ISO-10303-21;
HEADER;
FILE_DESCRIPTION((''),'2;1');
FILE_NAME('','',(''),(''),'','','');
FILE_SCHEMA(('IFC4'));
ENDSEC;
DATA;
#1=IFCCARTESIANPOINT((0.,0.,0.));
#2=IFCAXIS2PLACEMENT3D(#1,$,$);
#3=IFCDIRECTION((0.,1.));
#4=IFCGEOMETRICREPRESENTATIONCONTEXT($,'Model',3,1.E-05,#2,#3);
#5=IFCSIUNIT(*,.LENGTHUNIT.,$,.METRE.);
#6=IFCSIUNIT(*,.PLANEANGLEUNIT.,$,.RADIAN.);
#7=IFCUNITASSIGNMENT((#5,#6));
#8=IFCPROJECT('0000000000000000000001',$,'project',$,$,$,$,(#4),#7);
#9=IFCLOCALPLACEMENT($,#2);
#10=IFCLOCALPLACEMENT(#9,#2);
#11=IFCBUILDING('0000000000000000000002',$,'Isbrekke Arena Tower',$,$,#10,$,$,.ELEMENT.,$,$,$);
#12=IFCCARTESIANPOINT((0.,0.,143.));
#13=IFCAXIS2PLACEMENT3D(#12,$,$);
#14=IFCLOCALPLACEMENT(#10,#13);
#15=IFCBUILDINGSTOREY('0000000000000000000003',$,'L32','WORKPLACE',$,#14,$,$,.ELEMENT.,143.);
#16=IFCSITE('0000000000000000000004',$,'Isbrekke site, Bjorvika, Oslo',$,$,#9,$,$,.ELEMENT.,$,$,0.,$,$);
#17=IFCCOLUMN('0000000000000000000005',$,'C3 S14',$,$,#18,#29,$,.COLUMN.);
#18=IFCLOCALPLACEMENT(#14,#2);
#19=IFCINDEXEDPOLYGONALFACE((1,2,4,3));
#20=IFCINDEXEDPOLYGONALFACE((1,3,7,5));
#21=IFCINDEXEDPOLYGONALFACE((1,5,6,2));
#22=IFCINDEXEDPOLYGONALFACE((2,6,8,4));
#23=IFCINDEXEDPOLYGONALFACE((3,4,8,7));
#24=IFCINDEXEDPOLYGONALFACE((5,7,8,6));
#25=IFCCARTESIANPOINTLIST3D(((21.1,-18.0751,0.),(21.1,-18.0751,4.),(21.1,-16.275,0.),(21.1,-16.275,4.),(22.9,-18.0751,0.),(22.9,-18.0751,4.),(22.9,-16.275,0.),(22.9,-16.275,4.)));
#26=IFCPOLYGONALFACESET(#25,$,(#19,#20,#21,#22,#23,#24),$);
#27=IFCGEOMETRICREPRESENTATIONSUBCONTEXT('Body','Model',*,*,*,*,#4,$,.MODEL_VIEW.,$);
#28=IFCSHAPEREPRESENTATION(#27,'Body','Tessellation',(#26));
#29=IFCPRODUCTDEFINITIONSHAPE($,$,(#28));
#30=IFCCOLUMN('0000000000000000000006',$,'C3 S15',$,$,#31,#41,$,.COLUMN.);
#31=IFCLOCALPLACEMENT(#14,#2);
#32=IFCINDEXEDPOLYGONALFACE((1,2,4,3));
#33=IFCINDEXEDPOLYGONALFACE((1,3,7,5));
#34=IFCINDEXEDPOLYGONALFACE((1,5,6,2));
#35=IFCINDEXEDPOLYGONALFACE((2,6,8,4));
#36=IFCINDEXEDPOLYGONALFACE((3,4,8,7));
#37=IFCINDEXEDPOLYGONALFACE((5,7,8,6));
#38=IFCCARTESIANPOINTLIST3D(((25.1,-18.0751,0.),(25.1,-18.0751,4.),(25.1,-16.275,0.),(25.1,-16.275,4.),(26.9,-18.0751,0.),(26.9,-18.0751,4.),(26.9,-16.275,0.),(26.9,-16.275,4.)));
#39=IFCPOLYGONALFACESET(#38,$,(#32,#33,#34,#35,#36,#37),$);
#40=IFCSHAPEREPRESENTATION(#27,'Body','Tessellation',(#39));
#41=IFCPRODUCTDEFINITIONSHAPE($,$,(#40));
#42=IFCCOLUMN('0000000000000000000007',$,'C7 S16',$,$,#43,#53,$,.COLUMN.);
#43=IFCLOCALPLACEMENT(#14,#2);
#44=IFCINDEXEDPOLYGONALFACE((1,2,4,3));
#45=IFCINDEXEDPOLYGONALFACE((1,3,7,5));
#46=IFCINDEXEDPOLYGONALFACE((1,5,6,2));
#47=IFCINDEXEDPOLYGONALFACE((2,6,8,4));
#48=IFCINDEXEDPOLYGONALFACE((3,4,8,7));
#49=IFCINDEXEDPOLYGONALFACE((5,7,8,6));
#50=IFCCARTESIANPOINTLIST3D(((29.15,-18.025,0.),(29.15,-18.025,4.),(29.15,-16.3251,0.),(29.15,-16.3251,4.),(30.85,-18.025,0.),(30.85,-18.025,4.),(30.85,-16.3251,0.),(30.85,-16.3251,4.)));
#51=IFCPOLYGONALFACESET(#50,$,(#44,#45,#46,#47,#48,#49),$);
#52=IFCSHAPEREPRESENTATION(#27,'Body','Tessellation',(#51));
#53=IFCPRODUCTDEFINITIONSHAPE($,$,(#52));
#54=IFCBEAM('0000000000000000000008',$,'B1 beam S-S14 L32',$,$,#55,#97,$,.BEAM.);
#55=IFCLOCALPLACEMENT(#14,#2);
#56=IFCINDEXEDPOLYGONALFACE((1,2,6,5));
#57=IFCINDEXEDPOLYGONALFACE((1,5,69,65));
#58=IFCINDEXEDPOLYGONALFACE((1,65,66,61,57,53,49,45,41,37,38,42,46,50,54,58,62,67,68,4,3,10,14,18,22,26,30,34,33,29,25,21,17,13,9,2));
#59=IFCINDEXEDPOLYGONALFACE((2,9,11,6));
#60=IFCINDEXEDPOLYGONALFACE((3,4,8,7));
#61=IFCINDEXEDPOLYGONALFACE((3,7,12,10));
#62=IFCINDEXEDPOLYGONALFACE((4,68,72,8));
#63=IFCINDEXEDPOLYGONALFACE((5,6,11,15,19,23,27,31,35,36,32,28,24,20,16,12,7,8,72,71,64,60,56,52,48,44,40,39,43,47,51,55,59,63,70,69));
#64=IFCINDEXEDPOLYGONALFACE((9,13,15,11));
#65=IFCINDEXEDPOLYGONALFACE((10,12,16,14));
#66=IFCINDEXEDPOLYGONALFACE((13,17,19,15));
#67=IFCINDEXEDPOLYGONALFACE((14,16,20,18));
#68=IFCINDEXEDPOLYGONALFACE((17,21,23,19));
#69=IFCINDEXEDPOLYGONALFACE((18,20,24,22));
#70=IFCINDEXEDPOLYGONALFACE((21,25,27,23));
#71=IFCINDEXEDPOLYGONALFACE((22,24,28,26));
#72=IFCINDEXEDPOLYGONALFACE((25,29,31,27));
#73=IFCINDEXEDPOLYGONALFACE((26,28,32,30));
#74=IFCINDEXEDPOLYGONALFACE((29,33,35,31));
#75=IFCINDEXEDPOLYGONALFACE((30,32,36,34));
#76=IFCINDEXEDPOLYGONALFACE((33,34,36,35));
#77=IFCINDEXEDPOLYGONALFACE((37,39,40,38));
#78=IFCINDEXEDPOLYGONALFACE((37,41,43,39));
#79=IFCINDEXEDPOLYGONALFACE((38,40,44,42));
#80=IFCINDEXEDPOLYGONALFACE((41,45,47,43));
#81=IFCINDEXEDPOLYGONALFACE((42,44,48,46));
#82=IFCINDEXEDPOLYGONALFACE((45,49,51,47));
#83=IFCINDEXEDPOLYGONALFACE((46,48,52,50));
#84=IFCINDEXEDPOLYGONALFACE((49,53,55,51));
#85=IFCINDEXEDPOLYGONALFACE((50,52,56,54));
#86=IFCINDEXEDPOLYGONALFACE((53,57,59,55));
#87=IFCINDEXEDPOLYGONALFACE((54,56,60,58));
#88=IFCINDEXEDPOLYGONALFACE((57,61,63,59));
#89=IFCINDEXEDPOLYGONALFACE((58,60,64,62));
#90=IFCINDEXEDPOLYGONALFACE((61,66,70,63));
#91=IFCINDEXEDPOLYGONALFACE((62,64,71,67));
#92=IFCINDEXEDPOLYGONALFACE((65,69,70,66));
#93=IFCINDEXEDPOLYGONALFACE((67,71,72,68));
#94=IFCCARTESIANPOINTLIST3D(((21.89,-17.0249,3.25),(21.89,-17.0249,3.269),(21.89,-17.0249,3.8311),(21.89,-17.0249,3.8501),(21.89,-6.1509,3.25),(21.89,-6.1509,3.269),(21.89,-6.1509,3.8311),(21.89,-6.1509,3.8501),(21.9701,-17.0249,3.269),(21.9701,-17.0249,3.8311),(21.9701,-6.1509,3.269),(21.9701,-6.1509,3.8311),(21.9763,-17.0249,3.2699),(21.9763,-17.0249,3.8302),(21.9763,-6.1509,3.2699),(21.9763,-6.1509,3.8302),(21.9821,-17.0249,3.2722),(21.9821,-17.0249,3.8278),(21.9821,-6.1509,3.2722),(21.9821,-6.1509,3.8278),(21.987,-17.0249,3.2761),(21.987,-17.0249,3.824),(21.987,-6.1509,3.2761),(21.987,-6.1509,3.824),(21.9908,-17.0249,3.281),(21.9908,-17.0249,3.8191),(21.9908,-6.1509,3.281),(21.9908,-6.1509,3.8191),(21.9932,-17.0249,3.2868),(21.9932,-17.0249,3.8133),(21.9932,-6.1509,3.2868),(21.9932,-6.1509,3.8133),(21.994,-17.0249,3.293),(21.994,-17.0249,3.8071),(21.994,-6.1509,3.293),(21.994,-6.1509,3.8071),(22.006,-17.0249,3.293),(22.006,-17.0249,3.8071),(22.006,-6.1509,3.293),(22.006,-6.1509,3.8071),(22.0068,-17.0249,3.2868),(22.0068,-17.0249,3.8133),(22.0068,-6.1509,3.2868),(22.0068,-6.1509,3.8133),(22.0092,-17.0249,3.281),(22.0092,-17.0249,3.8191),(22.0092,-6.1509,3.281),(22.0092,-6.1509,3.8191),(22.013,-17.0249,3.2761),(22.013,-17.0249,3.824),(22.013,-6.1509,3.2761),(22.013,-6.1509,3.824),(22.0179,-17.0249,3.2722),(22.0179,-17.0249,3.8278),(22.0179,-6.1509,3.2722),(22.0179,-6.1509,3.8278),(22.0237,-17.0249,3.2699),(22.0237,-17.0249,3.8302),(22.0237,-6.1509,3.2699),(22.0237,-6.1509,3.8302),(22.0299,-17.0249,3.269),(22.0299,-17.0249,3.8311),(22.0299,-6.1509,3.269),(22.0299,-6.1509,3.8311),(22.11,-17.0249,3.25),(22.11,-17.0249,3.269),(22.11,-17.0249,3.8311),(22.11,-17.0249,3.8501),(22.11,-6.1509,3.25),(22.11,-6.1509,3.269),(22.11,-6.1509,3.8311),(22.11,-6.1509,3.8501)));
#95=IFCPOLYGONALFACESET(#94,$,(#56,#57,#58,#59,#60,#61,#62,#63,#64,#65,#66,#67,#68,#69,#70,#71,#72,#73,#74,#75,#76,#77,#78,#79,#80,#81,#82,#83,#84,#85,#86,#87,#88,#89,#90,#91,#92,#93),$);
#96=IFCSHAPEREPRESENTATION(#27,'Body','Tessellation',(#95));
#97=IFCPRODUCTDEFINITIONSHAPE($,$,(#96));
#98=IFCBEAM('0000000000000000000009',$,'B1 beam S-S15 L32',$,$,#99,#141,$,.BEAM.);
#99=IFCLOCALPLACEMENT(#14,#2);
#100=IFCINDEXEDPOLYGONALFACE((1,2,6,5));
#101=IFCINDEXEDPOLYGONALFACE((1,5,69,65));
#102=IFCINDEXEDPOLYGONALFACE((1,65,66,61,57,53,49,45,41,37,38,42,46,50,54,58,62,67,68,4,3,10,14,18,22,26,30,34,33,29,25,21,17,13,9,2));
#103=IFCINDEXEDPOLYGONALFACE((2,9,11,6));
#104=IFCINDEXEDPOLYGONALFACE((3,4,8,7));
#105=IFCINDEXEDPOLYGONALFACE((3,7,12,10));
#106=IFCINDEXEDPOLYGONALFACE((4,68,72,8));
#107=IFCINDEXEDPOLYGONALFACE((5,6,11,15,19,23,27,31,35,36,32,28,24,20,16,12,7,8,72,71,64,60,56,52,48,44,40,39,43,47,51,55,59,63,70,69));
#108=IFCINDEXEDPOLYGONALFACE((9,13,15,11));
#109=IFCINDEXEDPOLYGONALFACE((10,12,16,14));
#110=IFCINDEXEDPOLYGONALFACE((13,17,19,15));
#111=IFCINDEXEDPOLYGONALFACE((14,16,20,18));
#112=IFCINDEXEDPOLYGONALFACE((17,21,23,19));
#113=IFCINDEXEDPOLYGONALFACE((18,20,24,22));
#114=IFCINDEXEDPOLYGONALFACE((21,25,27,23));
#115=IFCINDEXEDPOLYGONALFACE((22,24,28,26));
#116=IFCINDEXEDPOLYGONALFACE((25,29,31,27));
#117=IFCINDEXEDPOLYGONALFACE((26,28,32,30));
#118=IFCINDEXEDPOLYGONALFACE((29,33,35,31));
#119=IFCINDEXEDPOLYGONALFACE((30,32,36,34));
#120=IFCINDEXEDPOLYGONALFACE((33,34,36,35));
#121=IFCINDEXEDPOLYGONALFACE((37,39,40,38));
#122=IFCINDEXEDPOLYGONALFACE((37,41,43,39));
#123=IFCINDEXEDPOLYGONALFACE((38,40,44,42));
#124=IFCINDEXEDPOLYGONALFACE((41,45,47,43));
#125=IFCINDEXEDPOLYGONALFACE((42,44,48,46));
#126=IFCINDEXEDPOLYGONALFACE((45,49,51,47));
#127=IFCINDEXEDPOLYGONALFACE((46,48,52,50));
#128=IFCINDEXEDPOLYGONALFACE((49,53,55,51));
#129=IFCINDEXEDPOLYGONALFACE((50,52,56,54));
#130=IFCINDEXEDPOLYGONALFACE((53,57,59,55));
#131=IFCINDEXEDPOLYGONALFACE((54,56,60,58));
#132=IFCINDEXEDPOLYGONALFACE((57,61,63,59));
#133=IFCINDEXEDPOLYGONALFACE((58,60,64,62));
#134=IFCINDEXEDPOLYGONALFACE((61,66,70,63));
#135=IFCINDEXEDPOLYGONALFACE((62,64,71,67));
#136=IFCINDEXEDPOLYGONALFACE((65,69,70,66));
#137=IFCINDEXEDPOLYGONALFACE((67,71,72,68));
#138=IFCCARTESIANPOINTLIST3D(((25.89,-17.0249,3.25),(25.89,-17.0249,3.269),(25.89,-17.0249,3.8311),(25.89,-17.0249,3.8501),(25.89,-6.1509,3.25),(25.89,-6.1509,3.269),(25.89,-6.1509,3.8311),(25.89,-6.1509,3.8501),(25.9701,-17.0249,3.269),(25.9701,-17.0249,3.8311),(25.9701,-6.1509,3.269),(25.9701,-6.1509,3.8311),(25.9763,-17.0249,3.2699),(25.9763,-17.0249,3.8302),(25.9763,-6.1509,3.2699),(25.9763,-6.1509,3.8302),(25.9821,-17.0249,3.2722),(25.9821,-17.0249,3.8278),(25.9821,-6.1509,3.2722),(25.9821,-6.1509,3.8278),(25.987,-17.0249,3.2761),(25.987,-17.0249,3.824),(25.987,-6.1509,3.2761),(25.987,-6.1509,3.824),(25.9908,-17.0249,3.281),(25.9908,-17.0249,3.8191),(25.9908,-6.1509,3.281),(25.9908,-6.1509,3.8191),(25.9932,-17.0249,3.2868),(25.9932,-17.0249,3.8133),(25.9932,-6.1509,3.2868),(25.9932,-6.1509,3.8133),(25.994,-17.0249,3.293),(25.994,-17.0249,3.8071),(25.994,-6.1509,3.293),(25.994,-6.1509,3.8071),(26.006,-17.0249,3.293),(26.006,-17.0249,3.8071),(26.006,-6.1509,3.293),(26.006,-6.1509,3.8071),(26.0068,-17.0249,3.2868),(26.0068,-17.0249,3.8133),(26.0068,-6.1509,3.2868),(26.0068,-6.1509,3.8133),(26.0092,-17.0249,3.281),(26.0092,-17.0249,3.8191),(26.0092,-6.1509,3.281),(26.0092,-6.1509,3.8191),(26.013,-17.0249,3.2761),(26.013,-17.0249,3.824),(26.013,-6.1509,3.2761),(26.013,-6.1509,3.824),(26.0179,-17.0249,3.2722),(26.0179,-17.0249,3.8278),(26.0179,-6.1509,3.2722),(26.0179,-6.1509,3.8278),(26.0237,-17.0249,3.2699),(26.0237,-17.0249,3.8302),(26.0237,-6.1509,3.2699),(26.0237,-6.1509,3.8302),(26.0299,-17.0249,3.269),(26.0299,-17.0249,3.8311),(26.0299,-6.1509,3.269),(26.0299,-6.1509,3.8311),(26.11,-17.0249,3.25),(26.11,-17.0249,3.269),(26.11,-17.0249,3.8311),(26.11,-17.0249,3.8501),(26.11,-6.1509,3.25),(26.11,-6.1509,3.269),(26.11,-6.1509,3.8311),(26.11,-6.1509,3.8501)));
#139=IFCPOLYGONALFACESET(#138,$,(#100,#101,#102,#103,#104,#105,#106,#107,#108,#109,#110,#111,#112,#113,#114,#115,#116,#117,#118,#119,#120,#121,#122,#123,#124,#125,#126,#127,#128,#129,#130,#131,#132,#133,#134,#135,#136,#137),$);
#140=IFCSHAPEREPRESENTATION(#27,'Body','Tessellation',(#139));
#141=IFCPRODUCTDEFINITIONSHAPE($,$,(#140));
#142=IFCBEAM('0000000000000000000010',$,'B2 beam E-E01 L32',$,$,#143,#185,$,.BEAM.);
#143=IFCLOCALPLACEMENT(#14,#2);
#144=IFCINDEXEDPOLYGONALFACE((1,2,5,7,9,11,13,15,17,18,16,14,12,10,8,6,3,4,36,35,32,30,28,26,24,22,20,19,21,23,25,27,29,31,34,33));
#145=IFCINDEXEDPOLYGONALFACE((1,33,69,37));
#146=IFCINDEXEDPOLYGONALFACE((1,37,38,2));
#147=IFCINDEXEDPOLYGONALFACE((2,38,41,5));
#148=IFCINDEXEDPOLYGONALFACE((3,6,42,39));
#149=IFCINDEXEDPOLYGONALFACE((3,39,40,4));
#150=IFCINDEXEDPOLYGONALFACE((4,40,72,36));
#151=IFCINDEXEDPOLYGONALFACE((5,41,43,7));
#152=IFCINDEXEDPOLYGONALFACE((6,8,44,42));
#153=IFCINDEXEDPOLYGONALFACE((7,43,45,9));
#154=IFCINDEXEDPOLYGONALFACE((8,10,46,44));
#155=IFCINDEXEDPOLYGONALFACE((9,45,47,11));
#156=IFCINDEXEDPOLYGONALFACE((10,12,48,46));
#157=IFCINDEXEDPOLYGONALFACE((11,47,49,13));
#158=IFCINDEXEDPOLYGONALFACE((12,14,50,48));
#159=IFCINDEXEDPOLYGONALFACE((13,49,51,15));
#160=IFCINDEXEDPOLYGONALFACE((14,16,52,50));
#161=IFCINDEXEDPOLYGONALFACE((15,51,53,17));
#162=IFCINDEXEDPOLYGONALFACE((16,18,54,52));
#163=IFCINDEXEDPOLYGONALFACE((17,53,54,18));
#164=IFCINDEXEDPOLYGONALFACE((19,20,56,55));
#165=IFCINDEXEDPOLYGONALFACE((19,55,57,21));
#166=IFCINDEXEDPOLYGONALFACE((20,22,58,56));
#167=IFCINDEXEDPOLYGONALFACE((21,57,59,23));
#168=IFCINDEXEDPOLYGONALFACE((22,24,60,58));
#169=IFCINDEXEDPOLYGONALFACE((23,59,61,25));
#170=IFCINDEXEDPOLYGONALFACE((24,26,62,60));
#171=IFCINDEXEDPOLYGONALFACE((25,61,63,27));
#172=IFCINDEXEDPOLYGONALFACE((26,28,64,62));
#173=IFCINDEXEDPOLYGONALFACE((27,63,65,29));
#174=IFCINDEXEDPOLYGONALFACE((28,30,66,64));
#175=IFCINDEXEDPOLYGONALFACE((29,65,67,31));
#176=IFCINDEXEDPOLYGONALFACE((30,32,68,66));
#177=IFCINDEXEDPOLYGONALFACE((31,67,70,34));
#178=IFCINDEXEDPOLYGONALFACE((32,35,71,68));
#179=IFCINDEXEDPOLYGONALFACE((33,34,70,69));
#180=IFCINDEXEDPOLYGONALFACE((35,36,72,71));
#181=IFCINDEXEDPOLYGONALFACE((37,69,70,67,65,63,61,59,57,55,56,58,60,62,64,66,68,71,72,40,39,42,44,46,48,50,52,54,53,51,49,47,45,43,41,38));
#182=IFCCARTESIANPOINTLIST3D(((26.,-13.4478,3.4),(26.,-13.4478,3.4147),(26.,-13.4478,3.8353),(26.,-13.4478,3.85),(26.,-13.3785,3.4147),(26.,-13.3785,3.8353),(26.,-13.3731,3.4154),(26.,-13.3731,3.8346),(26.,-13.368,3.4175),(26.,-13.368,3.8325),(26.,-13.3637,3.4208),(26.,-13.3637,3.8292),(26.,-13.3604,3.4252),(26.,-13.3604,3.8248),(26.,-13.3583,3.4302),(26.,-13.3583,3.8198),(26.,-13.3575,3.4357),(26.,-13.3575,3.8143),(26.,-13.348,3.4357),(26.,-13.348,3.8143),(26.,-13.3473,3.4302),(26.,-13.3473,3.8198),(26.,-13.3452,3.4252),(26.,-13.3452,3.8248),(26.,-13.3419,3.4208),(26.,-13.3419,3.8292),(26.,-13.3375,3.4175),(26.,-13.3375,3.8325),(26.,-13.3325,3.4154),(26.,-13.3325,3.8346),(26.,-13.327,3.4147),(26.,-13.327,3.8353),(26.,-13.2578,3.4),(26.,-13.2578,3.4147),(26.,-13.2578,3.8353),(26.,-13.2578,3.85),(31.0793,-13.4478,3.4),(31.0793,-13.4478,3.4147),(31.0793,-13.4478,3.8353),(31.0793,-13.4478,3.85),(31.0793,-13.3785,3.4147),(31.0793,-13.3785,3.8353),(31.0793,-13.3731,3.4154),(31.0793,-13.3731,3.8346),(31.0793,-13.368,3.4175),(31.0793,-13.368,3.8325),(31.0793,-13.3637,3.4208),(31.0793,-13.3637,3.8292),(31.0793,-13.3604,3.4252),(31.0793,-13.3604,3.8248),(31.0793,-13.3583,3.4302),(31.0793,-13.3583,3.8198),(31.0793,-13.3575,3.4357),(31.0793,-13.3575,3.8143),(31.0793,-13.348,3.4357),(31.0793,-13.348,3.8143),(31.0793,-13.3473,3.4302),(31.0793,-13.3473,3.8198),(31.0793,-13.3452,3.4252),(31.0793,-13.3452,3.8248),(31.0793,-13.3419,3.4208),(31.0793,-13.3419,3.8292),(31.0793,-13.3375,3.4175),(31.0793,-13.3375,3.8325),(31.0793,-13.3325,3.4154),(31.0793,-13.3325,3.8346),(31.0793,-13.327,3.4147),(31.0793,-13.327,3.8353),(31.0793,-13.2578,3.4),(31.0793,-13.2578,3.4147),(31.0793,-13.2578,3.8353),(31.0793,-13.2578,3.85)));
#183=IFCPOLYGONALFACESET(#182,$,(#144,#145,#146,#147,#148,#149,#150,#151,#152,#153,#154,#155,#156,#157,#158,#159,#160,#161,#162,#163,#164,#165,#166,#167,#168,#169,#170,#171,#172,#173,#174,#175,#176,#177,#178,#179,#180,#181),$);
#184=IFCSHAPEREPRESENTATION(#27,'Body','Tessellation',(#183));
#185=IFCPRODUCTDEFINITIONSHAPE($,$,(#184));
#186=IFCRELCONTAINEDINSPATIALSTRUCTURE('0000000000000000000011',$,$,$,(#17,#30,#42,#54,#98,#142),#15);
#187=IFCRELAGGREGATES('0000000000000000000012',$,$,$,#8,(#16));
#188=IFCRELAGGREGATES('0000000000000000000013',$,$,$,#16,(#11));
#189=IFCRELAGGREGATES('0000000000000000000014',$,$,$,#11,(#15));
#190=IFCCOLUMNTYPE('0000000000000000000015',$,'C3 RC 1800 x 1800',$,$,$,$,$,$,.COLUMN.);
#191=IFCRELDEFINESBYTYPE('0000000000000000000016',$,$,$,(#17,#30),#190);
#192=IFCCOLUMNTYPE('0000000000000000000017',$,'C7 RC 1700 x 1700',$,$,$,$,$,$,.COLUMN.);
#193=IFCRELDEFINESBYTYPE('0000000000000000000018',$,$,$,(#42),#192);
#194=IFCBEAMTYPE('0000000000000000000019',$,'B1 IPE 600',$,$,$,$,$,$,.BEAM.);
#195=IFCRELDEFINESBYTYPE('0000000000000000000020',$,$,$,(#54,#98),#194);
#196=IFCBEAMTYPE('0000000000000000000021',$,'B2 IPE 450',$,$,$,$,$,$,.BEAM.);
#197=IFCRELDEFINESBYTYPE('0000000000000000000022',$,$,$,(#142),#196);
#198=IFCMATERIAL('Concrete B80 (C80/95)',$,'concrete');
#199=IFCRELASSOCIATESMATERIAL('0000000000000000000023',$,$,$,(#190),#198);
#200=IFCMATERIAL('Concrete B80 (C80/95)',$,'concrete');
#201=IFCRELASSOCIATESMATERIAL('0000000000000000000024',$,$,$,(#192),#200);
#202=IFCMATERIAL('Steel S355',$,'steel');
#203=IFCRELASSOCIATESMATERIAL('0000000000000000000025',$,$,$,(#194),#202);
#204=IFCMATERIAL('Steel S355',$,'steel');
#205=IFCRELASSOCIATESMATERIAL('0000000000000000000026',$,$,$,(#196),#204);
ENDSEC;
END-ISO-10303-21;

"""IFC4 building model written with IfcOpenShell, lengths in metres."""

from ifc_helpers import new_model, si_unit, direction, frame, origin, origin_2d, place, context, subcontext, project, spatial, rectangle, i_section, extrude, material, material_profile, profile_set, type_object, element, save


model = new_model("IFC4")

# Units and contexts
model_context = context("Model", 3, precision=1e-05, world=origin(), true_north=direction((0.0, 1.0)))
body_context = subcontext(model_context, "Body", "Model", "MODEL_VIEW")
ifc_project = project(units=[si_unit("LENGTHUNIT", "METRE"), si_unit("PLANEANGLEUNIT", "RADIAN")], contexts=[model_context])

# Site, building, storey
site_placement = place(None, origin())
site = spatial("IfcSite", under=ifc_project, at=site_placement, Name="Isbrekke site, Bjorvika, Oslo", CompositionType="ELEMENT", RefElevation=0.0)
building_placement = place(site_placement, origin())
building = spatial("IfcBuilding", under=site, at=building_placement, Name="Isbrekke Arena Tower", CompositionType="ELEMENT")
storey_placement = place(building_placement, frame((0.0, 0.0, 143.0)))
storey = spatial("IfcBuildingStorey", under=building, at=storey_placement, Name="L32", Description="WORKPLACE", CompositionType="ELEMENT", Elevation=143.0)

# Columns
ifc_material_1 = material(Name="Concrete B80 (C80/95)", Category="concrete")
ifc_material_profile_1 = material_profile(ifc_material_1, rectangle(XDim=1.8, YDim=1.8, at=origin_2d()), Name="RC 1800x1800")
ifc_profile_set_1 = profile_set([ifc_material_profile_1], Name="Concrete B80 (C80/95)")
column_type_1 = type_object("IfcColumnType", Name="C3 RC 1800 x 1800", PredefinedType="COLUMN", material=ifc_profile_set_1)
for number, where, z_axis, x_axis, name in (
    (1, (22.0, -17.175, 0.0), (0.0, 0.0, 1.0), (1.0, 0.0, 0.0), "C3 S14"),
    (2, (26.0, -17.175, 0.0), (0.0, 0.0, 1.0), (1.0, 0.0, 0.0), "C3 S15"),
):
    element("IfcColumn", number, at=place(storey_placement, frame(where, z_axis=z_axis, x_axis=x_axis)), inside=storey, type_object=column_type_1, Name=name, PredefinedType="COLUMN", context=body_context, shape_type="SweptSolid", body=[
        extrude(rectangle(XDim=1.8, YDim=1.8, at=origin_2d()), origin(), (0.0, 0.0, 1.0), 4.0),
    ])
ifc_material_2 = material(Name="Concrete B80 (C80/95)", Category="concrete")
ifc_material_profile_2 = material_profile(ifc_material_2, rectangle(XDim=1.7, YDim=1.7, at=origin_2d()), Name="RC 1700x1700")
ifc_profile_set_2 = profile_set([ifc_material_profile_2], Name="Concrete B80 (C80/95)")
column_type_2 = type_object("IfcColumnType", Name="C7 RC 1700 x 1700", PredefinedType="COLUMN", material=ifc_profile_set_2)
column_placement = place(storey_placement, frame((30.0, -17.175, 0.0), z_axis=(0.0, 0.0, 1.0), x_axis=(1.0, 0.0, 0.0)))
element("IfcColumn", 3, at=column_placement, inside=storey, type_object=column_type_2, Name="C7 S16", PredefinedType="COLUMN", context=body_context, shape_type="SweptSolid", body=[
    extrude(rectangle(XDim=1.7, YDim=1.7, at=origin_2d()), origin(), (0.0, 0.0, 1.0), 4.0),
])

# Beams
ifc_material_3 = material(Name="Steel S355", Category="steel")
ifc_material_profile_3 = material_profile(ifc_material_3, i_section(OverallWidth=0.22, OverallDepth=0.6001, WebThickness=0.012, FlangeThickness=0.019, FilletRadius=0.0239, at=origin_2d()), Name="IPE 600")
ifc_profile_set_3 = profile_set([ifc_material_profile_3], Name="Steel S355")
beam_type_1 = type_object("IfcBeamType", Name="B1 IPE 600", PredefinedType="BEAM", material=ifc_profile_set_3)
for number, where, z_axis, x_axis, name in (
    (4, (22.0, -17.0249, 3.55), (0.0, 1.0, 0.0), (-1.0, 0.0, 0.0), "B1 beam S-S14 L32"),
    (5, (26.0, -17.0249, 3.55), (0.0, 1.0, 0.0), (-1.0, 0.0, 0.0), "B1 beam S-S15 L32"),
):
    element("IfcBeam", number, at=place(storey_placement, frame(where, z_axis=z_axis, x_axis=x_axis)), inside=storey, type_object=beam_type_1, Name=name, PredefinedType="BEAM", context=body_context, shape_type="SweptSolid", body=[
        extrude(i_section(OverallWidth=0.22, OverallDepth=0.6001, WebThickness=0.012, FlangeThickness=0.019, FilletRadius=0.0239, at=origin_2d()), origin(), (0.0, 0.0, 1.0), 10.874),
    ])
ifc_material_4 = material(Name="Steel S355", Category="steel")
ifc_material_profile_4 = material_profile(ifc_material_4, i_section(OverallWidth=0.1899, OverallDepth=0.45, WebThickness=0.0095, FlangeThickness=0.0146, FilletRadius=0.021, at=origin_2d()), Name="IPE 450")
ifc_profile_set_4 = profile_set([ifc_material_profile_4], Name="Steel S355")
beam_type_2 = type_object("IfcBeamType", Name="B2 IPE 450", PredefinedType="BEAM", material=ifc_profile_set_4)
beam_1_placement = place(storey_placement, frame((31.0793, -13.3528, 3.625), z_axis=(-1.0, 0.0, 0.0), x_axis=(0.0, -1.0, 0.0)))
element("IfcBeam", 6, at=beam_1_placement, inside=storey, type_object=beam_type_2, Name="B2 beam E-E01 L32", PredefinedType="BEAM", context=body_context, shape_type="SweptSolid", body=[
    extrude(i_section(OverallWidth=0.1899, OverallDepth=0.45, WebThickness=0.0095, FlangeThickness=0.0146, FilletRadius=0.021, at=origin_2d()), origin(), (0.0, 0.0, 1.0), 5.0793),
])

save(model, "model.ifc")
